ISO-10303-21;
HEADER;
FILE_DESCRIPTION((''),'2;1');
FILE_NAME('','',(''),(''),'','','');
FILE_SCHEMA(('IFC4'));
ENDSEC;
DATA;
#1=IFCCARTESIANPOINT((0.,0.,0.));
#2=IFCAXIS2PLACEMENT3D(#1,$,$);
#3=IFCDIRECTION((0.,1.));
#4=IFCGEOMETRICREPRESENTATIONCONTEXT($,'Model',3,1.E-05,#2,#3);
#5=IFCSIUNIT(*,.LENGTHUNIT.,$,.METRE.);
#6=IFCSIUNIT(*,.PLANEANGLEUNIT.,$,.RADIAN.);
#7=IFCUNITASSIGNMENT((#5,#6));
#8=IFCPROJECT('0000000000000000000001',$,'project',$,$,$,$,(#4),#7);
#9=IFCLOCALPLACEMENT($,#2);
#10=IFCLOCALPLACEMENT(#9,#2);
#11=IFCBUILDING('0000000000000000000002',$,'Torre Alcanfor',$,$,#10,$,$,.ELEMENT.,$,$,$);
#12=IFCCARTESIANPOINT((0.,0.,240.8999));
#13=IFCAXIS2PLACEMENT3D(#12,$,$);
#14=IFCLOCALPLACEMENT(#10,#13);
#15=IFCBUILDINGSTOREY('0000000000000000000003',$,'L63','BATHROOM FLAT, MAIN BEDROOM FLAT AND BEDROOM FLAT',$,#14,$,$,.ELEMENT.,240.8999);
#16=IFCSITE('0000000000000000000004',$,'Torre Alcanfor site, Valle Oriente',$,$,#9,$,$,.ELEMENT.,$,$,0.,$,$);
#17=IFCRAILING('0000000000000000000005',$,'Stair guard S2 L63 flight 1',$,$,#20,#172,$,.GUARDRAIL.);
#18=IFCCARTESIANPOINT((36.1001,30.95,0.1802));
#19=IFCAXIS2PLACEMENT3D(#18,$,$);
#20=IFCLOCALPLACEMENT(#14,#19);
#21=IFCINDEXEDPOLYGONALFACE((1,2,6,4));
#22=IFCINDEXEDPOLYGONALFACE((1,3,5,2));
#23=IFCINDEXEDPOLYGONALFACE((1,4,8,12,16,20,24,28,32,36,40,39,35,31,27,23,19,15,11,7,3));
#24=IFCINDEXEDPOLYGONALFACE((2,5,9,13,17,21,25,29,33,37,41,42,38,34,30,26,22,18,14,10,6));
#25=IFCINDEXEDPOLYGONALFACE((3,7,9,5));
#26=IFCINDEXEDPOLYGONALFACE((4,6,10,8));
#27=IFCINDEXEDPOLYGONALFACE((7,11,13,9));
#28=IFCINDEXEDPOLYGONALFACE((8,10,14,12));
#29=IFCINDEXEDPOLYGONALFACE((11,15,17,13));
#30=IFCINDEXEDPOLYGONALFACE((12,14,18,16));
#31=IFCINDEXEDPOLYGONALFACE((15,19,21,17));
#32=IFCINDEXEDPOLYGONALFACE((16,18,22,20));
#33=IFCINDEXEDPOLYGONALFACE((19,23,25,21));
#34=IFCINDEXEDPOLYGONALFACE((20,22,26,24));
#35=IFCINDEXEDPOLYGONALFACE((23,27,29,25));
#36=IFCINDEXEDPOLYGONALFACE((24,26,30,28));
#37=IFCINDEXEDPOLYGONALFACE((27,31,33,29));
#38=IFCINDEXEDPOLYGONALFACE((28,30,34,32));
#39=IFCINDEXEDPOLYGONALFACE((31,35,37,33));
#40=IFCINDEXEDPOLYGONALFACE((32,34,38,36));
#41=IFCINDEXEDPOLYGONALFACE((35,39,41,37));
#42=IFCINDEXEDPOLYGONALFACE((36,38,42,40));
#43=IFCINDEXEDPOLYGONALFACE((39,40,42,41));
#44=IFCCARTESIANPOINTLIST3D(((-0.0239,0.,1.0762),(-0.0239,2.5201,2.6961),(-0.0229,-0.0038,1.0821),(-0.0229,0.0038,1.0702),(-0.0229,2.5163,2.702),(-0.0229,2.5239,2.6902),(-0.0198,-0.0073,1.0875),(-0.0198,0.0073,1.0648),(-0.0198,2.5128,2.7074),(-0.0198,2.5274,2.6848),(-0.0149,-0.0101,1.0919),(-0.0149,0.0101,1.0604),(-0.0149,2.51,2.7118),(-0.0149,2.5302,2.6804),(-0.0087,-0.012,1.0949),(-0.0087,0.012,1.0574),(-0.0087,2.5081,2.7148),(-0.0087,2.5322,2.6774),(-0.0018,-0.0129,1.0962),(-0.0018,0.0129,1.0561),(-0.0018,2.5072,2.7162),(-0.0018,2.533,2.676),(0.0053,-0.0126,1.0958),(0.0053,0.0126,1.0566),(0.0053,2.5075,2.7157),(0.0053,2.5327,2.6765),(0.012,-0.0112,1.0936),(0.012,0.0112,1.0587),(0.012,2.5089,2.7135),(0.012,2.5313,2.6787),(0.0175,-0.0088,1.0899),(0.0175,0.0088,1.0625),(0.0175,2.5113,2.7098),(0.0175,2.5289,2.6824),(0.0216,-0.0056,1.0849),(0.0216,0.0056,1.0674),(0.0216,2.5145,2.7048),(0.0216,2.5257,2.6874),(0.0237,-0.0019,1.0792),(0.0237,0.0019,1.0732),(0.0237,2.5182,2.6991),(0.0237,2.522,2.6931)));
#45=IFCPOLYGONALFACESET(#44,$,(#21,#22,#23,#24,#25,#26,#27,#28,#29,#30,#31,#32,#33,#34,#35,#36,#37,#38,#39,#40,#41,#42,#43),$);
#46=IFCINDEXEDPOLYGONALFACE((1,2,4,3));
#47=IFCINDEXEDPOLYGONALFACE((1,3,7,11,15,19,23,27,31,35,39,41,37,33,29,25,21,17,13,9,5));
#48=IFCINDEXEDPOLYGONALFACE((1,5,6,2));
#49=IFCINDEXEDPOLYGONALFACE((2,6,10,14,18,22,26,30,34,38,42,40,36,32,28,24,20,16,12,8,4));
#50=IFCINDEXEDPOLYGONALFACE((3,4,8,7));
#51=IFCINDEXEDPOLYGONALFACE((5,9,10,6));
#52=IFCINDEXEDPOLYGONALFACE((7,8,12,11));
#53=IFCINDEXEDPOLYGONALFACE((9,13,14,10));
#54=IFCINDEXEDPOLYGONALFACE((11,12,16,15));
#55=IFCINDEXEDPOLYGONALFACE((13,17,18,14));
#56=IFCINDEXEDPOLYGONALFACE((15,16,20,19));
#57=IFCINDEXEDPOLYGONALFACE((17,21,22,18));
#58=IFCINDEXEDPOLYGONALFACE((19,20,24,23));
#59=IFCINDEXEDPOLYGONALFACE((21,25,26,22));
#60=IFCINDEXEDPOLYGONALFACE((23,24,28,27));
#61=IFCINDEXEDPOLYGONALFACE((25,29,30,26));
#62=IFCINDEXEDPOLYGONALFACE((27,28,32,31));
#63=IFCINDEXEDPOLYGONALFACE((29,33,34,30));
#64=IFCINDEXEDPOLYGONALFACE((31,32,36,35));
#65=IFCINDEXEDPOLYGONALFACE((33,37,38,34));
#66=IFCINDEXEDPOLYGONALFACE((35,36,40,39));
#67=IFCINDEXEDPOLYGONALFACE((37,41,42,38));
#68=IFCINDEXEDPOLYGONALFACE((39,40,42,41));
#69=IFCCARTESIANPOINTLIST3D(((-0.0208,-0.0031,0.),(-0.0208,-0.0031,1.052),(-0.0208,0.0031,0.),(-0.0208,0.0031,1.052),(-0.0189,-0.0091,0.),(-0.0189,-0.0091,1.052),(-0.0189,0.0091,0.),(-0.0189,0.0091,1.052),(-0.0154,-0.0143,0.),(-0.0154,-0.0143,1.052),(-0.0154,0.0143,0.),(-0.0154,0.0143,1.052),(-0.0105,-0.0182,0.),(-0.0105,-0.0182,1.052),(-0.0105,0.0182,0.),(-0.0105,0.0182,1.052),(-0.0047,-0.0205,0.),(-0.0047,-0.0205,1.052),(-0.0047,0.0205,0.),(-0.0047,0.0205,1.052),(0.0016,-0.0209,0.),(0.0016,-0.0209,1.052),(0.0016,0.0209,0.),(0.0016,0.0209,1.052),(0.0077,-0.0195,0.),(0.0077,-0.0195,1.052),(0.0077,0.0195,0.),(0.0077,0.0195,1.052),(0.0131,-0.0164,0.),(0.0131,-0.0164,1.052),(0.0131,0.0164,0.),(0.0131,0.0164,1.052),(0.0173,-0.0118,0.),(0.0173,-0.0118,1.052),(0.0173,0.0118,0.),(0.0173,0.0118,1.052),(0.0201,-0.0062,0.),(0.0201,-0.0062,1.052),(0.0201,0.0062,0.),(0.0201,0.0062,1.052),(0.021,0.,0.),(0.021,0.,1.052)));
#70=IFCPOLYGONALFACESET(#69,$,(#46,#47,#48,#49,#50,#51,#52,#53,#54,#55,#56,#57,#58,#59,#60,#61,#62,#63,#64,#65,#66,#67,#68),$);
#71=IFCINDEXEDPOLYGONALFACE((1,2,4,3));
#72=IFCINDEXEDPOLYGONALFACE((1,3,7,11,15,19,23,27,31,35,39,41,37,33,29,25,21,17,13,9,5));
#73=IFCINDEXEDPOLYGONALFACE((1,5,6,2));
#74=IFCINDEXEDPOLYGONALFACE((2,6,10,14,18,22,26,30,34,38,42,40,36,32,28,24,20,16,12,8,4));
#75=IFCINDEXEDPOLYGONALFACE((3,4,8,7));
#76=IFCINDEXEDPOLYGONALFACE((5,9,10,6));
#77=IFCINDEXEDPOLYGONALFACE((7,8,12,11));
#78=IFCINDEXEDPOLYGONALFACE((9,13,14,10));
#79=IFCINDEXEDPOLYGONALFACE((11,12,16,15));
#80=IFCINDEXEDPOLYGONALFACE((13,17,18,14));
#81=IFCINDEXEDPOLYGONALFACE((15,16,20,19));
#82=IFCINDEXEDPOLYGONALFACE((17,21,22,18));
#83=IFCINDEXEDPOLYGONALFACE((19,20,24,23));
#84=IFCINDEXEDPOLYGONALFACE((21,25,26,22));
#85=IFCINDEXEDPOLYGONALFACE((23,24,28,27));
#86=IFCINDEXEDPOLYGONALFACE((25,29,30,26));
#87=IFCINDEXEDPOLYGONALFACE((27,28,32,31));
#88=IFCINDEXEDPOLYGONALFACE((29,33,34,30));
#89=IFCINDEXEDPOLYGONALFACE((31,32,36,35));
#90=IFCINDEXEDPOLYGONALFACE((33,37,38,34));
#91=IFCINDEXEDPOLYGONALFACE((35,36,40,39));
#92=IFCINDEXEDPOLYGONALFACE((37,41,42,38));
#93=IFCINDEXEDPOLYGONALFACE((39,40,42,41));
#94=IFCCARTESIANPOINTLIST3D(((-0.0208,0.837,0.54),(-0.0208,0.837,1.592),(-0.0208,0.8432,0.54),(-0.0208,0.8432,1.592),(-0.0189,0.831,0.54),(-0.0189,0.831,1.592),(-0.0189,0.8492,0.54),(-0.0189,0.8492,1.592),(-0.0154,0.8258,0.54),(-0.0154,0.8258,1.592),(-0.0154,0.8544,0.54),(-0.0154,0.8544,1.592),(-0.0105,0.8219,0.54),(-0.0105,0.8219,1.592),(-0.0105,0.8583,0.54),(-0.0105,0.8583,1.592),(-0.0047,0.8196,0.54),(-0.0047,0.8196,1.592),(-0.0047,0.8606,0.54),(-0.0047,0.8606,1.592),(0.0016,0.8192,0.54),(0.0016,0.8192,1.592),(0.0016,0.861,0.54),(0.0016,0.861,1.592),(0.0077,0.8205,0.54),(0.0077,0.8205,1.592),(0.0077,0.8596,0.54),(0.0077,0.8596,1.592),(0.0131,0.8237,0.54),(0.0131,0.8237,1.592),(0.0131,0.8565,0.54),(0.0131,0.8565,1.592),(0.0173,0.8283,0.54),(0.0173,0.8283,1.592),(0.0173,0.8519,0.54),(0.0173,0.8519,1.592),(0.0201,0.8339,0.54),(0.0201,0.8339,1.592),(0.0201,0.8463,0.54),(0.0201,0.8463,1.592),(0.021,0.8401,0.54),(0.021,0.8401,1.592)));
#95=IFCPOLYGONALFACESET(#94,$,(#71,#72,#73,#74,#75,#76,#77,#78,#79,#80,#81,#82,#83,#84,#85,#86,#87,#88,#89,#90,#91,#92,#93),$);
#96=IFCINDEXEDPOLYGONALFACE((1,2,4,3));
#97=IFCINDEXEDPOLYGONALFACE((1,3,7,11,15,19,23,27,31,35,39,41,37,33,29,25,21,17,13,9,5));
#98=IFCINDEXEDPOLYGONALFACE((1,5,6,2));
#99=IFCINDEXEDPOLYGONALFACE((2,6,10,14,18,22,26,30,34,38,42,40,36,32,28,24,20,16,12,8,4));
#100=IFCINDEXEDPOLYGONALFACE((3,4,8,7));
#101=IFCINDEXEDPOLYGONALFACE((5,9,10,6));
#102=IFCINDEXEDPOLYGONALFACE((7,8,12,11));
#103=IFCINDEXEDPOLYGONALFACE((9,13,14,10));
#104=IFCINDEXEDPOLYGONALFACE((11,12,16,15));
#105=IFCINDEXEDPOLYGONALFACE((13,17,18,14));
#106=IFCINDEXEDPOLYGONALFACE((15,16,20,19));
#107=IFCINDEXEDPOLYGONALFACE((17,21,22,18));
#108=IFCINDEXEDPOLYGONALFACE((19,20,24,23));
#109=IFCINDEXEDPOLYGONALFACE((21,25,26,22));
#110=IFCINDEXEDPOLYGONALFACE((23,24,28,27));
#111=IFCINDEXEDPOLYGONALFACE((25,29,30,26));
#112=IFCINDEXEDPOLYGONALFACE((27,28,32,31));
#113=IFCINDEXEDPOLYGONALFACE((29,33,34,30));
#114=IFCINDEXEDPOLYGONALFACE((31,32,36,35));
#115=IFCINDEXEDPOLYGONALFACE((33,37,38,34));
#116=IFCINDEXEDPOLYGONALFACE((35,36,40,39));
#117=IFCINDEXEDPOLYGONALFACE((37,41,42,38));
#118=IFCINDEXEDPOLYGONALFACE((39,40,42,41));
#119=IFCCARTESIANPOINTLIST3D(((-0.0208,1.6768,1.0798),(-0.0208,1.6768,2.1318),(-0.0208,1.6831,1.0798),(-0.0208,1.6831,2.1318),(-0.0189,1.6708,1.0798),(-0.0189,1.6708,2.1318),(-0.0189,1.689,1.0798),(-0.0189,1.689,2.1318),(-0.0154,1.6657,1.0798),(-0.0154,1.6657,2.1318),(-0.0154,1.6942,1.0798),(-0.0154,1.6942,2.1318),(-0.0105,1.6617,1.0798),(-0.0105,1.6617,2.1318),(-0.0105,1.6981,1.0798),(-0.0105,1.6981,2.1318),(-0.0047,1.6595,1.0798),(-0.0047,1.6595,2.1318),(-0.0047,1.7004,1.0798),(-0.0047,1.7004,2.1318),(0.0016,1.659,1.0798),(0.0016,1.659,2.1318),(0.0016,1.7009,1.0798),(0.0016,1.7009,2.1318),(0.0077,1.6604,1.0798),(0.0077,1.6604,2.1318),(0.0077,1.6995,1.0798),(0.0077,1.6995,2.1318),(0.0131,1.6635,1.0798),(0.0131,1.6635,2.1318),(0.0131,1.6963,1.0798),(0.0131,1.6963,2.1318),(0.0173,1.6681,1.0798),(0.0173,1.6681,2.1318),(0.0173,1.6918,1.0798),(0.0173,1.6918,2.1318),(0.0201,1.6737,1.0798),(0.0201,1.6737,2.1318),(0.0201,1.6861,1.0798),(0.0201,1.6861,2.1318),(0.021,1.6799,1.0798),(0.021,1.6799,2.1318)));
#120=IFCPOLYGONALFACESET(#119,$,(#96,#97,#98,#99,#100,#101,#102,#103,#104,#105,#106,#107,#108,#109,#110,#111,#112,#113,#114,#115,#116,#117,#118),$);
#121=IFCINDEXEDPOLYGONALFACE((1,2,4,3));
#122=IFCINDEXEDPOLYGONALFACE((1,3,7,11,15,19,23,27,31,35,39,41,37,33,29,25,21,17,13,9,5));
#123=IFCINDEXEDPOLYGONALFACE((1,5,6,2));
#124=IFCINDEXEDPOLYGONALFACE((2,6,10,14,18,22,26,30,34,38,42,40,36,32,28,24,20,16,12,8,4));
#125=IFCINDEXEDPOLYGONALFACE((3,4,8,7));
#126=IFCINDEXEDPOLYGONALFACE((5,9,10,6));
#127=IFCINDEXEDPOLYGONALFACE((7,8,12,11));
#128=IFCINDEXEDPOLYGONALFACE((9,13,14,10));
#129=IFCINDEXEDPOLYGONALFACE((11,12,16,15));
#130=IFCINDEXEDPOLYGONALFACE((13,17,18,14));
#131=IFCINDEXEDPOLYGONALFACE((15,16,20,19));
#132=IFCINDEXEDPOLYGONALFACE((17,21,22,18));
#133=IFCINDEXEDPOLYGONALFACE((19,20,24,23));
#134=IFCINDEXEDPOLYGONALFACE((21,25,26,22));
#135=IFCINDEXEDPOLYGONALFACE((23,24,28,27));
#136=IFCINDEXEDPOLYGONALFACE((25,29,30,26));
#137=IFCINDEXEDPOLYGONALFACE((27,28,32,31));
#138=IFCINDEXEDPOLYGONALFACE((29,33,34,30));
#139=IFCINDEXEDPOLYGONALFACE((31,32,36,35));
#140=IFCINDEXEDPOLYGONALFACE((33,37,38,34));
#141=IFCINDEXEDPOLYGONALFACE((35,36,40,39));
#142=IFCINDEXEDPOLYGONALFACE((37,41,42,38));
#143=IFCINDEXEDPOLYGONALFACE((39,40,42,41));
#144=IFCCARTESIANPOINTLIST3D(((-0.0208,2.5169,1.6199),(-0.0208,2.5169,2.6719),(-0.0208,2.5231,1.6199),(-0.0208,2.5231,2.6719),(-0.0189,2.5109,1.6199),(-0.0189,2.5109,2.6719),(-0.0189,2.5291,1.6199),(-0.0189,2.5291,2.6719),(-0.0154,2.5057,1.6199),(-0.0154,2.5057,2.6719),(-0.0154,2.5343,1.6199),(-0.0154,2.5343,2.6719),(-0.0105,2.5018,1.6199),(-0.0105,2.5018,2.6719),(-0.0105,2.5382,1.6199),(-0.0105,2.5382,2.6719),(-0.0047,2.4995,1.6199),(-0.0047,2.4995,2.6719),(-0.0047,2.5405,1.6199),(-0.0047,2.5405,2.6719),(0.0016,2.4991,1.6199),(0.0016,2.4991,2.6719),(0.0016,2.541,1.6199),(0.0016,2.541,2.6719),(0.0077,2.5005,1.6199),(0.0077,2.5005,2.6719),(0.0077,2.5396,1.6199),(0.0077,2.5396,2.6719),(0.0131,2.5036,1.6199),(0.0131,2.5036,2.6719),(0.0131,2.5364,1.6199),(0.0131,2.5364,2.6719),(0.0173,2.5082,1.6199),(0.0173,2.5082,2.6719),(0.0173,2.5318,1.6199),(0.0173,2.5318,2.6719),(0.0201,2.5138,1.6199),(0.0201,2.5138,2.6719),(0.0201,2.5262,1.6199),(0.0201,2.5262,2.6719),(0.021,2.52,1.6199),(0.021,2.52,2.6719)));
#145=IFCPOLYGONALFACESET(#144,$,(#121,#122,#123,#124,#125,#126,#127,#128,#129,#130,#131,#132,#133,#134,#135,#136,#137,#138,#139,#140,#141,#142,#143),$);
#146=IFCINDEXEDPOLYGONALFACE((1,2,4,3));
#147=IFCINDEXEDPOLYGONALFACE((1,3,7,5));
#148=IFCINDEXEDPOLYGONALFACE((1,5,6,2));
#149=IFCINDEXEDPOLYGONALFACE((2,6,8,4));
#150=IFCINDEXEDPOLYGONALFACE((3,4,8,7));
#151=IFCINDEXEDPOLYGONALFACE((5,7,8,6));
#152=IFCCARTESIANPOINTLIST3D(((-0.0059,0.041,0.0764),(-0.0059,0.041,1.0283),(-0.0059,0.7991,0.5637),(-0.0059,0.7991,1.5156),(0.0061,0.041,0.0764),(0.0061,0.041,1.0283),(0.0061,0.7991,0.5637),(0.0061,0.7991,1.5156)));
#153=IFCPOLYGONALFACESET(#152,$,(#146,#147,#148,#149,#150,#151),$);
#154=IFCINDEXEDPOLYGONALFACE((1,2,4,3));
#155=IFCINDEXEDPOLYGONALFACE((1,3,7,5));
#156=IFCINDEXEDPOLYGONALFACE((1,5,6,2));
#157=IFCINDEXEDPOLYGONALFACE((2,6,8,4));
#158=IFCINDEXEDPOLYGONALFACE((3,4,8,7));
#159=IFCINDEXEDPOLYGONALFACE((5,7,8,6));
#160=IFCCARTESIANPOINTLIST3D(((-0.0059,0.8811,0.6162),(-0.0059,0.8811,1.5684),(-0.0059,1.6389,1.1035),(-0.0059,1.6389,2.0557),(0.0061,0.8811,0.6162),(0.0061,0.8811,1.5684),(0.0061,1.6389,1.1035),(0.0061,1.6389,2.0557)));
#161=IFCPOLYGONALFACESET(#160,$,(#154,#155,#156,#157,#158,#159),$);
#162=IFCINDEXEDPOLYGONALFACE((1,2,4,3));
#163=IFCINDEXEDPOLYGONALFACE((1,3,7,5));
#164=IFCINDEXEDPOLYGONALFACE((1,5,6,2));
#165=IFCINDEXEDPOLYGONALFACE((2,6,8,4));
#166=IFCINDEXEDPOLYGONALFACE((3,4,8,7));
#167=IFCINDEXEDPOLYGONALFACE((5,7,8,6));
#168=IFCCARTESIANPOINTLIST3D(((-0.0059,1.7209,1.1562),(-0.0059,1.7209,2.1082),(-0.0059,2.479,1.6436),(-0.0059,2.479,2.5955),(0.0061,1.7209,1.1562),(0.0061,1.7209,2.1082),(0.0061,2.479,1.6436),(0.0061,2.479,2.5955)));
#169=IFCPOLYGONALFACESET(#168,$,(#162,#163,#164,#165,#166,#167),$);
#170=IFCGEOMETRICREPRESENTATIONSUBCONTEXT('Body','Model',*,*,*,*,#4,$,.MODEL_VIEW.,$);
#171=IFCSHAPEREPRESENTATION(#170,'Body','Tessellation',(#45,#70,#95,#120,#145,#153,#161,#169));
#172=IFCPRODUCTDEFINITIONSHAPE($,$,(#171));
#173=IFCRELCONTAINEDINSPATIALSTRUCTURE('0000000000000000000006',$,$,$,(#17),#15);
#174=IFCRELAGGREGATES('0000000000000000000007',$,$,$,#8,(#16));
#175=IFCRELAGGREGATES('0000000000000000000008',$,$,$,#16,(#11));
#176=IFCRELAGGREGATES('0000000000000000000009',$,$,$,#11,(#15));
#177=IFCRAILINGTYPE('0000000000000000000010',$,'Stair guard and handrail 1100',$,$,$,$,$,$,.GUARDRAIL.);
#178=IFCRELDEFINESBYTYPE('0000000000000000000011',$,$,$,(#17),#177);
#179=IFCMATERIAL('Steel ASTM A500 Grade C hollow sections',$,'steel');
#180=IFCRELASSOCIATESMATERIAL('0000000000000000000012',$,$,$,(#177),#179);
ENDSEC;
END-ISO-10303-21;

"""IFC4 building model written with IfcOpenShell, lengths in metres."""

from ifc_helpers import new_model, si_unit, direction, frame, origin, origin_2d, place, context, subcontext, project, spatial, polyline, circle, outline, extrude, material, type_object, element, save


model = new_model("IFC4")

# Units and contexts
model_context = context("Model", 3, precision=1e-05, world=origin(), true_north=direction((0.0, 1.0)))
body_context = subcontext(model_context, "Body", "Model", "MODEL_VIEW")
ifc_project = project(units=[si_unit("LENGTHUNIT", "METRE"), si_unit("PLANEANGLEUNIT", "RADIAN")], contexts=[model_context])

# Site, building, storey
site_placement = place(None, origin())
site = spatial("IfcSite", under=ifc_project, at=site_placement, Name="Torre Alcanfor site, Valle Oriente", CompositionType="ELEMENT", RefElevation=0.0)
building_placement = place(site_placement, origin())
building = spatial("IfcBuilding", under=site, at=building_placement, Name="Torre Alcanfor", CompositionType="ELEMENT")
storey_placement = place(building_placement, frame((0.0, 0.0, 240.8999)))
storey = spatial("IfcBuildingStorey", under=building, at=storey_placement, Name="L63", Description="BATHROOM FLAT, MAIN BEDROOM FLAT AND BEDROOM FLAT", CompositionType="ELEMENT", Elevation=240.8999)

# Railing
ifc_material_1 = material(Name="Steel ASTM A500 Grade C hollow sections", Category="steel")
railing_type_1 = type_object("IfcRailingType", Name="Stair guard and handrail 1100", PredefinedType="GUARDRAIL", material=ifc_material_1)
railing_1_placement = place(storey_placement, frame((36.1001, 30.95, 0.1802)))
element("IfcRailing", 1, at=railing_1_placement, inside=storey, type_object=railing_type_1, Name="Stair guard S2 L63 flight 1", PredefinedType="GUARDRAIL", context=body_context, shape_type="SweptSolid", body=[
    extrude(circle(Radius=0.0239, at=origin_2d()), frame((0.0, 0.0, 1.0762), z_axis=(0.0, 0.8412, 0.540725), x_axis=(-1.0, 0.0, 0.0)), (0.0, 0.0, 1.0), 2.9958),
    extrude(circle(Radius=0.021, at=origin_2d()), origin(), (0.0, 0.0, 1.0), 1.052),
    extrude(circle(Radius=0.021, at=origin_2d()), frame((0.0, 0.8401, 0.54)), (0.0, 0.0, 1.0), 1.052),
    extrude(circle(Radius=0.021, at=origin_2d()), frame((0.0, 1.6799, 1.0798)), (0.0, 0.0, 1.0), 1.052),
    extrude(circle(Radius=0.021, at=origin_2d()), frame((0.0, 2.52, 1.6199)), (0.0, 0.0, 1.0), 1.052),
    extrude(outline(polyline([(0.041, 0.0764), (0.7991, 0.5637), (0.7991, 1.5156), (0.041, 1.0283), (0.041, 0.0764)])), frame((-0.0059, 0.0, 0.0), z_axis=(1.0, 0.0, 0.0), x_axis=(0.0, 1.0, 0.0)), (0.0, 0.0, 1.0), 0.012),
    extrude(outline(polyline([(0.8811, 0.6162), (1.6389, 1.1035), (1.6389, 2.0557), (0.8811, 1.5684), (0.8811, 0.6162)])), frame((-0.0059, 0.0, 0.0), z_axis=(1.0, 0.0, 0.0), x_axis=(0.0, 1.0, 0.0)), (0.0, 0.0, 1.0), 0.012),
    extrude(outline(polyline([(1.7209, 1.1562), (2.479, 1.6436), (2.479, 2.5955), (1.7209, 2.1082), (1.7209, 1.1562)])), frame((-0.0059, 0.0, 0.0), z_axis=(1.0, 0.0, 0.0), x_axis=(0.0, 1.0, 0.0)), (0.0, 0.0, 1.0), 0.012),
])

save(model, "model.ifc")
